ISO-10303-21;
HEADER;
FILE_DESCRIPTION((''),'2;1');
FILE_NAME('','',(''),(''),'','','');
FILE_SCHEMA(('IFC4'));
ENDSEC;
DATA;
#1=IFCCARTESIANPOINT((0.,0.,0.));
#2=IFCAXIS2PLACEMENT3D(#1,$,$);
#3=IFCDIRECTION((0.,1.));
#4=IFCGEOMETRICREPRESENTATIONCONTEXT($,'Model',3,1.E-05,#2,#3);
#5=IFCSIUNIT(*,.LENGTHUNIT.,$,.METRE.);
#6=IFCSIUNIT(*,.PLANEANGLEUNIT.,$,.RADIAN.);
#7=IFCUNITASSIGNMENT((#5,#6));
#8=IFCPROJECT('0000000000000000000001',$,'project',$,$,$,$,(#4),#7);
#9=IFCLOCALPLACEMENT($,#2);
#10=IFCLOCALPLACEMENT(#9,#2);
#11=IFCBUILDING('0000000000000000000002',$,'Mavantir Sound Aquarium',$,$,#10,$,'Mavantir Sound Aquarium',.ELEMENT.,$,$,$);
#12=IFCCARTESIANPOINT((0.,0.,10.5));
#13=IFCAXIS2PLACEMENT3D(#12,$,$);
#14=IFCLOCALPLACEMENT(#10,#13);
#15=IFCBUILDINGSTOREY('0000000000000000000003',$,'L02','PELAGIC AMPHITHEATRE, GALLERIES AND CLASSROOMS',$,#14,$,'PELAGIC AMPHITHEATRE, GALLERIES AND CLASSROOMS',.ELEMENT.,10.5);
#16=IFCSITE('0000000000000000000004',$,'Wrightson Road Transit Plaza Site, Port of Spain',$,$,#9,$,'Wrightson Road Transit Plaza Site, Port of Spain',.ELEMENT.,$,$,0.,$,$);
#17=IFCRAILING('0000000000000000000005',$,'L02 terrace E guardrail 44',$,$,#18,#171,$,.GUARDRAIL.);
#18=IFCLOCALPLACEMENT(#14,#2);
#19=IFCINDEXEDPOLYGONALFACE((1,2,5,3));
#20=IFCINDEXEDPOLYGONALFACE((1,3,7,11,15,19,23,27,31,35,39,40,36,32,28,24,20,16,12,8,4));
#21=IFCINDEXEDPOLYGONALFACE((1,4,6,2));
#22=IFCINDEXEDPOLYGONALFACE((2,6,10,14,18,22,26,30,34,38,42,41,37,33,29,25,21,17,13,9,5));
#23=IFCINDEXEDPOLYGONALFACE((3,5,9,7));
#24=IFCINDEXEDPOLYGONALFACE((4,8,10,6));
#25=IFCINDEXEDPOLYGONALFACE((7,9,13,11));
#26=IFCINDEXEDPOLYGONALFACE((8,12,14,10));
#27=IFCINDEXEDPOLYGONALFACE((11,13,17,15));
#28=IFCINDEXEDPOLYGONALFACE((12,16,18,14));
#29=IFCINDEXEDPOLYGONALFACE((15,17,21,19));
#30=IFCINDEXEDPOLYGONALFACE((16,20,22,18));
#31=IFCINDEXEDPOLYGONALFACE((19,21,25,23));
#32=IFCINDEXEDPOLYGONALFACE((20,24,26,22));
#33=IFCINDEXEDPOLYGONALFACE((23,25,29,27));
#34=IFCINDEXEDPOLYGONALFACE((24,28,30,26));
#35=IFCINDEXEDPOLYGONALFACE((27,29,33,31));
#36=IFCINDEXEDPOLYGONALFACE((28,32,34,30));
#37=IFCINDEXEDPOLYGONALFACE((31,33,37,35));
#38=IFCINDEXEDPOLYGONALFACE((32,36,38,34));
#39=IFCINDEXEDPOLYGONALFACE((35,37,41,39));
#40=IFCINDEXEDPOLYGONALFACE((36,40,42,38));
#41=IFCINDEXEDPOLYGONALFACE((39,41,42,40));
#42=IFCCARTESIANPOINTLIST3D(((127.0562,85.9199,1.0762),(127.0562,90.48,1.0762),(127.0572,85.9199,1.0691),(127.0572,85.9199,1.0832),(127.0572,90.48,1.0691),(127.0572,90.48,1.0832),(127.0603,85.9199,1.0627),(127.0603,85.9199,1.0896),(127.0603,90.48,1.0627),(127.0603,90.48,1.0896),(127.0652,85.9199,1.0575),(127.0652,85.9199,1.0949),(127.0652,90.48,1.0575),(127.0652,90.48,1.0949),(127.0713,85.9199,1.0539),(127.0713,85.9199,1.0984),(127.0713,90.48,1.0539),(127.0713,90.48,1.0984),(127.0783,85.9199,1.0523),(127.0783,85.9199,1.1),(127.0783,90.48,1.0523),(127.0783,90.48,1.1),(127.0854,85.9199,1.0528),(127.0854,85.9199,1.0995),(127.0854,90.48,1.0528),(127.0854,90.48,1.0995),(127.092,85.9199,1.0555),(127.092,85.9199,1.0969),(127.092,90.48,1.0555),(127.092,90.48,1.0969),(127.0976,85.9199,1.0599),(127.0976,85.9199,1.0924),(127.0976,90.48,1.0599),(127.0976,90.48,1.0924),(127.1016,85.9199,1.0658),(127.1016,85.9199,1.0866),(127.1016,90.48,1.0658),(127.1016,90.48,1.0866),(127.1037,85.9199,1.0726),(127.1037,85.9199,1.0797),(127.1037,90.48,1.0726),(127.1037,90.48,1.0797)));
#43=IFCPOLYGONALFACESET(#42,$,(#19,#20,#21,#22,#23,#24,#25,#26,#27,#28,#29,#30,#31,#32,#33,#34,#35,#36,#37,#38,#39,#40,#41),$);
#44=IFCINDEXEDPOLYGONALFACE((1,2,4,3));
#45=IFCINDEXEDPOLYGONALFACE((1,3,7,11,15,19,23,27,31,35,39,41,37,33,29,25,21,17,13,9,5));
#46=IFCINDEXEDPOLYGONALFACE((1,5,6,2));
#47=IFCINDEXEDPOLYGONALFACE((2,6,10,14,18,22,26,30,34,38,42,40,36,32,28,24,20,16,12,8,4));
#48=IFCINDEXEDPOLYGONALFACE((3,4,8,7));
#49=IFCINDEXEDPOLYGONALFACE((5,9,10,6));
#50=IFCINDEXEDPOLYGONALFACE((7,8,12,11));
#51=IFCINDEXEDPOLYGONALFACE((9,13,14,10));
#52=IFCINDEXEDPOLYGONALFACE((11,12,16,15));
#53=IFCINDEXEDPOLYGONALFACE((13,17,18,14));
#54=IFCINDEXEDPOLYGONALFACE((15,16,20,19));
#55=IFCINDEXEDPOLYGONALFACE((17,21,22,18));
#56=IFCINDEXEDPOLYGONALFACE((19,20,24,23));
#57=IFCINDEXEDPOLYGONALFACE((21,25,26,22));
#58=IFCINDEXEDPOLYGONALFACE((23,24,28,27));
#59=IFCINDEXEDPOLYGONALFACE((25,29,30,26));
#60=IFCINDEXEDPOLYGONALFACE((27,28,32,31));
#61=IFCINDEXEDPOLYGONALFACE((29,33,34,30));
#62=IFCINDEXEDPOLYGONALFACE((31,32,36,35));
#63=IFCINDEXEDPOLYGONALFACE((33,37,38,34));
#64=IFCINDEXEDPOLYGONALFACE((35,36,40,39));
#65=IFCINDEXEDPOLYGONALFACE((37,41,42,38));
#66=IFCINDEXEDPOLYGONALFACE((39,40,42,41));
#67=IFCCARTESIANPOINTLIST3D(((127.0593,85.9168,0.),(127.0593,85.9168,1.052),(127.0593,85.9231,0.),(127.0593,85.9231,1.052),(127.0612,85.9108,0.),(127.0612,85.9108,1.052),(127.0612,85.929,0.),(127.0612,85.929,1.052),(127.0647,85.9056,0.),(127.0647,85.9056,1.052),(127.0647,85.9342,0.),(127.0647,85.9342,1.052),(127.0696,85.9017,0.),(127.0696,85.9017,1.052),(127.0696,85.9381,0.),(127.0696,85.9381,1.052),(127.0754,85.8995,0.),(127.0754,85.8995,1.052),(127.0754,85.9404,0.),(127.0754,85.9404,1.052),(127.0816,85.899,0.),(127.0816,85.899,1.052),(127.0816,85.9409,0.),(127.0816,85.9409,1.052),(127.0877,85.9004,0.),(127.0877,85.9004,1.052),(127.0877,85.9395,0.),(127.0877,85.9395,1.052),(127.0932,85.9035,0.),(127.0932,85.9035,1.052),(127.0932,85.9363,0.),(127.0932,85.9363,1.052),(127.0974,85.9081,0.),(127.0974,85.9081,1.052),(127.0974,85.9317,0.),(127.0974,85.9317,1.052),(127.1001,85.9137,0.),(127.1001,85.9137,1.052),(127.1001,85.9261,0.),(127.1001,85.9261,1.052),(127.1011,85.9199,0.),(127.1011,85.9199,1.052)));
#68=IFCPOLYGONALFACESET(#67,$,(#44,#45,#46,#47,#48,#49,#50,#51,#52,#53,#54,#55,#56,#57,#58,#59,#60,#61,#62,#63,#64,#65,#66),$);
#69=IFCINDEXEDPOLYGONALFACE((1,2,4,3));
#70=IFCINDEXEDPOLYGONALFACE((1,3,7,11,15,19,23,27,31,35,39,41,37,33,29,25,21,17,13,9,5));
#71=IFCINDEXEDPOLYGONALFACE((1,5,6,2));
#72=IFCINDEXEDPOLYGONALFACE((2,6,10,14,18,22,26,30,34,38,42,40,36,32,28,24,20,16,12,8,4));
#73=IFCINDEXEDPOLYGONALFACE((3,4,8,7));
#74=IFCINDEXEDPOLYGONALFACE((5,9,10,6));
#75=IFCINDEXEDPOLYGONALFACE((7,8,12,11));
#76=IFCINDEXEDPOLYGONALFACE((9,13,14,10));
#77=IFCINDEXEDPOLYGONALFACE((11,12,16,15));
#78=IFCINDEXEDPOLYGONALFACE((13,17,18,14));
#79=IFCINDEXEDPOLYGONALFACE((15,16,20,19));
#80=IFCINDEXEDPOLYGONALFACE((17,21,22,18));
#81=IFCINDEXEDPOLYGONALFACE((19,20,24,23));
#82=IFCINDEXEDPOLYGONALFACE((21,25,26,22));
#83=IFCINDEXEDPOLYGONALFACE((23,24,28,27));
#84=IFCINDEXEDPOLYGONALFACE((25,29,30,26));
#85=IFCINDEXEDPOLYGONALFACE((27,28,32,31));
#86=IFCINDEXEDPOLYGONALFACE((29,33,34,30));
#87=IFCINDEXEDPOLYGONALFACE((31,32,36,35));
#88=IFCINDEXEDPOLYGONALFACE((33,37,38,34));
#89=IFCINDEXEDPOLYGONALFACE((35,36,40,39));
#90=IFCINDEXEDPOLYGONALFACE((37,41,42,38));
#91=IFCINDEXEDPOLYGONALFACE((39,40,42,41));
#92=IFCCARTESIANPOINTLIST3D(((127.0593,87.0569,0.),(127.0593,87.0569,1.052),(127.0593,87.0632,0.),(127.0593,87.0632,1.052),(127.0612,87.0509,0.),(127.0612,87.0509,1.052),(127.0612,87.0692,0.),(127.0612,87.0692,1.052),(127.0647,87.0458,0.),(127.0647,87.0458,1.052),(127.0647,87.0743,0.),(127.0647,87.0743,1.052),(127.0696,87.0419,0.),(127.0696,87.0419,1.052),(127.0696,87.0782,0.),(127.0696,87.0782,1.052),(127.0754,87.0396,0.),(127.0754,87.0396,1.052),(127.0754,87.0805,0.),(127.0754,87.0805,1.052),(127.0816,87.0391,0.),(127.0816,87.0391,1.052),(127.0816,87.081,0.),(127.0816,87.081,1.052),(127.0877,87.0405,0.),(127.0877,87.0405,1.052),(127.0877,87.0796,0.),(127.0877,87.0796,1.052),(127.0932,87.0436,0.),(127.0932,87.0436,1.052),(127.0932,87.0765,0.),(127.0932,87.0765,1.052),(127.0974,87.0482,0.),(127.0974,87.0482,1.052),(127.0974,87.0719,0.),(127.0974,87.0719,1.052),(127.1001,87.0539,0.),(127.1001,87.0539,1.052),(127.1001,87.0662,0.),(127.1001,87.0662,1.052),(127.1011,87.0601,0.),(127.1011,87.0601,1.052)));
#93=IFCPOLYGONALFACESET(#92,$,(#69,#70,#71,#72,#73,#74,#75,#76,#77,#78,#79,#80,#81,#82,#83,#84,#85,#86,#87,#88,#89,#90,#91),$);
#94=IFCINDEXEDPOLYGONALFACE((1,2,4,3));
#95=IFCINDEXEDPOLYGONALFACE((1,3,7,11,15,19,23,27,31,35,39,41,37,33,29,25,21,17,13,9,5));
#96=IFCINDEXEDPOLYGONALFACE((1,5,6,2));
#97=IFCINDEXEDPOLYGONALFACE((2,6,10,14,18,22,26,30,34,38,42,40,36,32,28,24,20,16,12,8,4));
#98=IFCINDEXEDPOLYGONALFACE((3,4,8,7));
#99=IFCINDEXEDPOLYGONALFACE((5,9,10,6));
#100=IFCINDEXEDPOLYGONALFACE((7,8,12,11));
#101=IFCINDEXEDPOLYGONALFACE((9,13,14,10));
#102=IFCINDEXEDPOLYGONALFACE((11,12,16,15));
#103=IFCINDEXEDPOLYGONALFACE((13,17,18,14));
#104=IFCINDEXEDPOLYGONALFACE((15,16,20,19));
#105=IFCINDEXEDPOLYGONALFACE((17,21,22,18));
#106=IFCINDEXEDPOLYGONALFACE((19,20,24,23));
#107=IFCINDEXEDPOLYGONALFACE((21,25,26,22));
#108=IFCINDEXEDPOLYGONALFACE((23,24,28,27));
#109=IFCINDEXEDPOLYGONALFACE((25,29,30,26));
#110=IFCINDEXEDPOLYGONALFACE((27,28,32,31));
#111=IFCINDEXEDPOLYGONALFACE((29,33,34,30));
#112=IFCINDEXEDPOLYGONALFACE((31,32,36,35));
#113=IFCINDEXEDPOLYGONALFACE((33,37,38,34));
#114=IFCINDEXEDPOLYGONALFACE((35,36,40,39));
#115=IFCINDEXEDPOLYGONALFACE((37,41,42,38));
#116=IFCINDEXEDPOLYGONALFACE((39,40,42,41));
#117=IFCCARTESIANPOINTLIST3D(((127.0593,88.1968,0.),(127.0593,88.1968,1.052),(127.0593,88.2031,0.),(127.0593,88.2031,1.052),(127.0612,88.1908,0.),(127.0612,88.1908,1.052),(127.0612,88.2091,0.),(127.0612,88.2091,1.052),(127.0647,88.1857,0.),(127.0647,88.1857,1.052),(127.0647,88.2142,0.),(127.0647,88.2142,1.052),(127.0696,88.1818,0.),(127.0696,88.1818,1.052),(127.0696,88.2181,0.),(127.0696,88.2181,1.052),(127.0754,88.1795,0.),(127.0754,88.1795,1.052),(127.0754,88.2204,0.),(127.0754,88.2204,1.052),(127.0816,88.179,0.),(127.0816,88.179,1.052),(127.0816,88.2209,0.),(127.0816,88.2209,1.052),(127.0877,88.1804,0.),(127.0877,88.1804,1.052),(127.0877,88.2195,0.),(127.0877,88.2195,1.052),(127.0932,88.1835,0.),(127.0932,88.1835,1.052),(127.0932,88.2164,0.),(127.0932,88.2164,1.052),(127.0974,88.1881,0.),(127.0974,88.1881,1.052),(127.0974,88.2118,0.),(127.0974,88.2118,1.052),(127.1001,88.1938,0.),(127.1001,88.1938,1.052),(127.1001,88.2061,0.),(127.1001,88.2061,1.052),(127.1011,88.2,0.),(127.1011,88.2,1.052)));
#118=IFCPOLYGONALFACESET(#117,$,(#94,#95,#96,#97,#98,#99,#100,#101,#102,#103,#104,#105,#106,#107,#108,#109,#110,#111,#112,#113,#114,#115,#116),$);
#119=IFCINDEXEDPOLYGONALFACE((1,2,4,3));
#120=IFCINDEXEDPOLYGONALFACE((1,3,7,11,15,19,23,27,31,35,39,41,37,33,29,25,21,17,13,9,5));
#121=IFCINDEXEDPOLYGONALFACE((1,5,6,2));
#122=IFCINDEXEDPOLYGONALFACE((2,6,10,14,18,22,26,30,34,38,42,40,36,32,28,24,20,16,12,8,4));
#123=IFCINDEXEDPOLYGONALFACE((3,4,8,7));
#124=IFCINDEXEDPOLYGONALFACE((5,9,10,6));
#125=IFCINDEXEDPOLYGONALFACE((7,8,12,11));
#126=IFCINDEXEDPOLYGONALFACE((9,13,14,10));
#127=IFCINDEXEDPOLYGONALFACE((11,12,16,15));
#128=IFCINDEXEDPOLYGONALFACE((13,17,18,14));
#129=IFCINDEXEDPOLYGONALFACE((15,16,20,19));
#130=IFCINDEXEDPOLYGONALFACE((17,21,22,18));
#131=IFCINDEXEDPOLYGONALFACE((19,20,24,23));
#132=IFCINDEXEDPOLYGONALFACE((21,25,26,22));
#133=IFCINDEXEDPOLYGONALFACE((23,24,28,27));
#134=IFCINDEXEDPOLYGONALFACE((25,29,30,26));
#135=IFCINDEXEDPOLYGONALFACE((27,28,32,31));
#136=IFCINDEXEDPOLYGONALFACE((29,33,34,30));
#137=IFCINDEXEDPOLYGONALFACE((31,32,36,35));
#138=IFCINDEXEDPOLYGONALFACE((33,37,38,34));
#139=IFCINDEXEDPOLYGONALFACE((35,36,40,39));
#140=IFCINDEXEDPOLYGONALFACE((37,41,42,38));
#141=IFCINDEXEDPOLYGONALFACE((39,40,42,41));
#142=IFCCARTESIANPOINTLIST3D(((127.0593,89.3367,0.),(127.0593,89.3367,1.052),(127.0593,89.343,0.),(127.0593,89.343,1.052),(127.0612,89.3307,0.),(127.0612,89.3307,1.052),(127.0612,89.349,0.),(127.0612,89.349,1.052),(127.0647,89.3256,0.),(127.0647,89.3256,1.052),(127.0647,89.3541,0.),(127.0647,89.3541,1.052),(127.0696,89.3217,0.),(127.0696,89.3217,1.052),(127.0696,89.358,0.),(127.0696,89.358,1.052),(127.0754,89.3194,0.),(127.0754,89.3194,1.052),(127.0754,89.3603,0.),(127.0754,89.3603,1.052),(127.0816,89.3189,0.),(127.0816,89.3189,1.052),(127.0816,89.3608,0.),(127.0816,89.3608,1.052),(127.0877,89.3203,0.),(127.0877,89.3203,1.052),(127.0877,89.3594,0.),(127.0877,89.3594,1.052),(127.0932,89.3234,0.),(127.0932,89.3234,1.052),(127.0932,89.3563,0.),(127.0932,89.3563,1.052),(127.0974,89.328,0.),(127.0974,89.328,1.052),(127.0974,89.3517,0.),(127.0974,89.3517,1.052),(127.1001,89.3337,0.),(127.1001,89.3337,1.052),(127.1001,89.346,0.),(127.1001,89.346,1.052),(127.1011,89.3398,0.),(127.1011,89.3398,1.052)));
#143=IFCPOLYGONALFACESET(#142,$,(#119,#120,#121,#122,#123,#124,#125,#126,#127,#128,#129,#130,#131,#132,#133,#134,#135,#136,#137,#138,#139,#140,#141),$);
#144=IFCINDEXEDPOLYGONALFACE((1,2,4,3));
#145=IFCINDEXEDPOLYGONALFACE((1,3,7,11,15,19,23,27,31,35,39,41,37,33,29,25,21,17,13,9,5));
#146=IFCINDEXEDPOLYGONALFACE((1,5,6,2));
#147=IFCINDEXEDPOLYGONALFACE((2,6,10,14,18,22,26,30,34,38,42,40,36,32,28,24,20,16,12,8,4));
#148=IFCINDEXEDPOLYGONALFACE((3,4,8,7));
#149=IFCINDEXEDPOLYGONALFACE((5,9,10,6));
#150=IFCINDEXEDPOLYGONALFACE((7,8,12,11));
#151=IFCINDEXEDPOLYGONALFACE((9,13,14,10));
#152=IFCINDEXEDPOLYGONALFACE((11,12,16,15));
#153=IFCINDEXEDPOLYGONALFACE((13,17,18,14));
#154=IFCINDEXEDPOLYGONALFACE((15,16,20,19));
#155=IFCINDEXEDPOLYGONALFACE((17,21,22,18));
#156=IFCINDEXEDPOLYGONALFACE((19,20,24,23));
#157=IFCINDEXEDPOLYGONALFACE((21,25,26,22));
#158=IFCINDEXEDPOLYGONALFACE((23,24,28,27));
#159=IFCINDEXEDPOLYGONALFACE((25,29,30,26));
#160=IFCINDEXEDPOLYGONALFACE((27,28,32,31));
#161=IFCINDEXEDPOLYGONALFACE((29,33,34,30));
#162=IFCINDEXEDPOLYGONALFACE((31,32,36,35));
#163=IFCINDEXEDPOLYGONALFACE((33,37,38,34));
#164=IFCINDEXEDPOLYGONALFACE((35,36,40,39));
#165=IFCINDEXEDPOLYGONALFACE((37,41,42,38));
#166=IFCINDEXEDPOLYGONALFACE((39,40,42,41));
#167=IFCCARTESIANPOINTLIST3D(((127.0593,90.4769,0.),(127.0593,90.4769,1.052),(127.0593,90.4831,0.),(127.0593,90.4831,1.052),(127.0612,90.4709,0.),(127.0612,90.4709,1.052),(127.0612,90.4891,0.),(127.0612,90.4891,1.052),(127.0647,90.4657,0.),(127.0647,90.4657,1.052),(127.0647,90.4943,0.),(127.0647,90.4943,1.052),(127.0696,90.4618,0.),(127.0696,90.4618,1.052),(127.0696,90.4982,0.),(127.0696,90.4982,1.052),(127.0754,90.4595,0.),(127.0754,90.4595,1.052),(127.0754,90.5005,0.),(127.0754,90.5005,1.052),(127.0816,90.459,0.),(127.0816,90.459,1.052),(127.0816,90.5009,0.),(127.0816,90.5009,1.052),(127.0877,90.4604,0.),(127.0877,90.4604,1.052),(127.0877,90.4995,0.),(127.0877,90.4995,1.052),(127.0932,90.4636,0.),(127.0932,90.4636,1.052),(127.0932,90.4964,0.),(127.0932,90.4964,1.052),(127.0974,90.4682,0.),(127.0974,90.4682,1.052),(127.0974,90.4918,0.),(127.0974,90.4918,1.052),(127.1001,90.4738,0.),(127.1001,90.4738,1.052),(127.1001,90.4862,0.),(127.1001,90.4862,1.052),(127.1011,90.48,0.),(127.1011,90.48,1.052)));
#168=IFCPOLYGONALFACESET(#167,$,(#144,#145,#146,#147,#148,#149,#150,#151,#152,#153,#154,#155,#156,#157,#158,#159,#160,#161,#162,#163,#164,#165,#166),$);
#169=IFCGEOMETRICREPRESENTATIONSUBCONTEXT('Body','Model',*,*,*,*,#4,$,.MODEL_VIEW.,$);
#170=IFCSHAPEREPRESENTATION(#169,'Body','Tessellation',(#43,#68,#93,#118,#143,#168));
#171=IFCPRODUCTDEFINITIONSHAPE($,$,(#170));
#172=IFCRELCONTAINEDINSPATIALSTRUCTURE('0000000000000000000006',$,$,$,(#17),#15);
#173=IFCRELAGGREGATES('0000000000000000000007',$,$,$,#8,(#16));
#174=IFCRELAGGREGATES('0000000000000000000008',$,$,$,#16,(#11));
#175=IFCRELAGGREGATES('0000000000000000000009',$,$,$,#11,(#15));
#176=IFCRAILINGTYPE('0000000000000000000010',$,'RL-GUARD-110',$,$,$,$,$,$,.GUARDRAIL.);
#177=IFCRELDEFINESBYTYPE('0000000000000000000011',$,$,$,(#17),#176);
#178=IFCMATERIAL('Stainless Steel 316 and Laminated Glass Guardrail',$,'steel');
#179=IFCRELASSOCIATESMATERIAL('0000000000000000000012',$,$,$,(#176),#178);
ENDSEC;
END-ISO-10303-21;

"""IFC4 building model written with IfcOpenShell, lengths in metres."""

from ifc_helpers import new_model, si_unit, direction, frame, origin, origin_2d, place, context, subcontext, project, spatial, circle, extrude, material, type_object, element, save


model = new_model("IFC4")

# Units and contexts
model_context = context("Model", 3, precision=1e-05, world=origin(), true_north=direction((0.0, 1.0)))
body_context = subcontext(model_context, "Body", "Model", "MODEL_VIEW")
ifc_project = project(units=[si_unit("LENGTHUNIT", "METRE"), si_unit("PLANEANGLEUNIT", "RADIAN")], contexts=[model_context])

# Site, building, storey
site_placement = place(None, origin())
site = spatial("IfcSite", under=ifc_project, at=site_placement, Name="Wrightson Road Transit Plaza Site, Port of Spain", LongName="Wrightson Road Transit Plaza Site, Port of Spain", CompositionType="ELEMENT", RefElevation=0.0)
building_placement = place(site_placement, origin())
building = spatial("IfcBuilding", under=site, at=building_placement, Name="Mavantir Sound Aquarium", LongName="Mavantir Sound Aquarium", CompositionType="ELEMENT")
storey_placement = place(building_placement, frame((0.0, 0.0, 10.5)))
storey = spatial("IfcBuildingStorey", under=building, at=storey_placement, Name="L02", Description="PELAGIC AMPHITHEATRE, GALLERIES AND CLASSROOMS", LongName="PELAGIC AMPHITHEATRE, GALLERIES AND CLASSROOMS", CompositionType="ELEMENT", Elevation=10.5)

# Railing
ifc_material_1 = material(Name="Stainless Steel 316 and Laminated Glass Guardrail", Category="steel")
railing_type = type_object("IfcRailingType", Name="RL-GUARD-110", PredefinedType="GUARDRAIL", material=ifc_material_1)
railing_1_placement = place(storey_placement, frame((127.0801, 85.9199, 0.0)))
element("IfcRailing", 1, at=railing_1_placement, inside=storey, type_object=railing_type, Name="L02 terrace E guardrail 44", PredefinedType="GUARDRAIL", context=body_context, shape_type="SweptSolid", body=[
    extrude(circle(Radius=0.0239, at=origin_2d()), frame((0.0, 0.0, 1.0762), z_axis=(0.0, 1.0, 0.0), x_axis=(-1.0, 0.0, 0.0)), (0.0, 0.0, 1.0), 4.5601),
    extrude(circle(Radius=0.021, at=origin_2d()), origin(), (0.0, 0.0, 1.0), 1.052),
    extrude(circle(Radius=0.021, at=origin_2d()), frame((0.0, 1.1401, 0.0)), (0.0, 0.0, 1.0), 1.052),
    extrude(circle(Radius=0.021, at=origin_2d()), frame((0.0, 2.28, 0.0)), (0.0, 0.0, 1.0), 1.052),
    extrude(circle(Radius=0.021, at=origin_2d()), frame((0.0, 3.4199, 0.0)), (0.0, 0.0, 1.0), 1.052),
    extrude(circle(Radius=0.021, at=origin_2d()), frame((0.0, 4.5601, 0.0)), (0.0, 0.0, 1.0), 1.052),
])

save(model, "model.ifc")
